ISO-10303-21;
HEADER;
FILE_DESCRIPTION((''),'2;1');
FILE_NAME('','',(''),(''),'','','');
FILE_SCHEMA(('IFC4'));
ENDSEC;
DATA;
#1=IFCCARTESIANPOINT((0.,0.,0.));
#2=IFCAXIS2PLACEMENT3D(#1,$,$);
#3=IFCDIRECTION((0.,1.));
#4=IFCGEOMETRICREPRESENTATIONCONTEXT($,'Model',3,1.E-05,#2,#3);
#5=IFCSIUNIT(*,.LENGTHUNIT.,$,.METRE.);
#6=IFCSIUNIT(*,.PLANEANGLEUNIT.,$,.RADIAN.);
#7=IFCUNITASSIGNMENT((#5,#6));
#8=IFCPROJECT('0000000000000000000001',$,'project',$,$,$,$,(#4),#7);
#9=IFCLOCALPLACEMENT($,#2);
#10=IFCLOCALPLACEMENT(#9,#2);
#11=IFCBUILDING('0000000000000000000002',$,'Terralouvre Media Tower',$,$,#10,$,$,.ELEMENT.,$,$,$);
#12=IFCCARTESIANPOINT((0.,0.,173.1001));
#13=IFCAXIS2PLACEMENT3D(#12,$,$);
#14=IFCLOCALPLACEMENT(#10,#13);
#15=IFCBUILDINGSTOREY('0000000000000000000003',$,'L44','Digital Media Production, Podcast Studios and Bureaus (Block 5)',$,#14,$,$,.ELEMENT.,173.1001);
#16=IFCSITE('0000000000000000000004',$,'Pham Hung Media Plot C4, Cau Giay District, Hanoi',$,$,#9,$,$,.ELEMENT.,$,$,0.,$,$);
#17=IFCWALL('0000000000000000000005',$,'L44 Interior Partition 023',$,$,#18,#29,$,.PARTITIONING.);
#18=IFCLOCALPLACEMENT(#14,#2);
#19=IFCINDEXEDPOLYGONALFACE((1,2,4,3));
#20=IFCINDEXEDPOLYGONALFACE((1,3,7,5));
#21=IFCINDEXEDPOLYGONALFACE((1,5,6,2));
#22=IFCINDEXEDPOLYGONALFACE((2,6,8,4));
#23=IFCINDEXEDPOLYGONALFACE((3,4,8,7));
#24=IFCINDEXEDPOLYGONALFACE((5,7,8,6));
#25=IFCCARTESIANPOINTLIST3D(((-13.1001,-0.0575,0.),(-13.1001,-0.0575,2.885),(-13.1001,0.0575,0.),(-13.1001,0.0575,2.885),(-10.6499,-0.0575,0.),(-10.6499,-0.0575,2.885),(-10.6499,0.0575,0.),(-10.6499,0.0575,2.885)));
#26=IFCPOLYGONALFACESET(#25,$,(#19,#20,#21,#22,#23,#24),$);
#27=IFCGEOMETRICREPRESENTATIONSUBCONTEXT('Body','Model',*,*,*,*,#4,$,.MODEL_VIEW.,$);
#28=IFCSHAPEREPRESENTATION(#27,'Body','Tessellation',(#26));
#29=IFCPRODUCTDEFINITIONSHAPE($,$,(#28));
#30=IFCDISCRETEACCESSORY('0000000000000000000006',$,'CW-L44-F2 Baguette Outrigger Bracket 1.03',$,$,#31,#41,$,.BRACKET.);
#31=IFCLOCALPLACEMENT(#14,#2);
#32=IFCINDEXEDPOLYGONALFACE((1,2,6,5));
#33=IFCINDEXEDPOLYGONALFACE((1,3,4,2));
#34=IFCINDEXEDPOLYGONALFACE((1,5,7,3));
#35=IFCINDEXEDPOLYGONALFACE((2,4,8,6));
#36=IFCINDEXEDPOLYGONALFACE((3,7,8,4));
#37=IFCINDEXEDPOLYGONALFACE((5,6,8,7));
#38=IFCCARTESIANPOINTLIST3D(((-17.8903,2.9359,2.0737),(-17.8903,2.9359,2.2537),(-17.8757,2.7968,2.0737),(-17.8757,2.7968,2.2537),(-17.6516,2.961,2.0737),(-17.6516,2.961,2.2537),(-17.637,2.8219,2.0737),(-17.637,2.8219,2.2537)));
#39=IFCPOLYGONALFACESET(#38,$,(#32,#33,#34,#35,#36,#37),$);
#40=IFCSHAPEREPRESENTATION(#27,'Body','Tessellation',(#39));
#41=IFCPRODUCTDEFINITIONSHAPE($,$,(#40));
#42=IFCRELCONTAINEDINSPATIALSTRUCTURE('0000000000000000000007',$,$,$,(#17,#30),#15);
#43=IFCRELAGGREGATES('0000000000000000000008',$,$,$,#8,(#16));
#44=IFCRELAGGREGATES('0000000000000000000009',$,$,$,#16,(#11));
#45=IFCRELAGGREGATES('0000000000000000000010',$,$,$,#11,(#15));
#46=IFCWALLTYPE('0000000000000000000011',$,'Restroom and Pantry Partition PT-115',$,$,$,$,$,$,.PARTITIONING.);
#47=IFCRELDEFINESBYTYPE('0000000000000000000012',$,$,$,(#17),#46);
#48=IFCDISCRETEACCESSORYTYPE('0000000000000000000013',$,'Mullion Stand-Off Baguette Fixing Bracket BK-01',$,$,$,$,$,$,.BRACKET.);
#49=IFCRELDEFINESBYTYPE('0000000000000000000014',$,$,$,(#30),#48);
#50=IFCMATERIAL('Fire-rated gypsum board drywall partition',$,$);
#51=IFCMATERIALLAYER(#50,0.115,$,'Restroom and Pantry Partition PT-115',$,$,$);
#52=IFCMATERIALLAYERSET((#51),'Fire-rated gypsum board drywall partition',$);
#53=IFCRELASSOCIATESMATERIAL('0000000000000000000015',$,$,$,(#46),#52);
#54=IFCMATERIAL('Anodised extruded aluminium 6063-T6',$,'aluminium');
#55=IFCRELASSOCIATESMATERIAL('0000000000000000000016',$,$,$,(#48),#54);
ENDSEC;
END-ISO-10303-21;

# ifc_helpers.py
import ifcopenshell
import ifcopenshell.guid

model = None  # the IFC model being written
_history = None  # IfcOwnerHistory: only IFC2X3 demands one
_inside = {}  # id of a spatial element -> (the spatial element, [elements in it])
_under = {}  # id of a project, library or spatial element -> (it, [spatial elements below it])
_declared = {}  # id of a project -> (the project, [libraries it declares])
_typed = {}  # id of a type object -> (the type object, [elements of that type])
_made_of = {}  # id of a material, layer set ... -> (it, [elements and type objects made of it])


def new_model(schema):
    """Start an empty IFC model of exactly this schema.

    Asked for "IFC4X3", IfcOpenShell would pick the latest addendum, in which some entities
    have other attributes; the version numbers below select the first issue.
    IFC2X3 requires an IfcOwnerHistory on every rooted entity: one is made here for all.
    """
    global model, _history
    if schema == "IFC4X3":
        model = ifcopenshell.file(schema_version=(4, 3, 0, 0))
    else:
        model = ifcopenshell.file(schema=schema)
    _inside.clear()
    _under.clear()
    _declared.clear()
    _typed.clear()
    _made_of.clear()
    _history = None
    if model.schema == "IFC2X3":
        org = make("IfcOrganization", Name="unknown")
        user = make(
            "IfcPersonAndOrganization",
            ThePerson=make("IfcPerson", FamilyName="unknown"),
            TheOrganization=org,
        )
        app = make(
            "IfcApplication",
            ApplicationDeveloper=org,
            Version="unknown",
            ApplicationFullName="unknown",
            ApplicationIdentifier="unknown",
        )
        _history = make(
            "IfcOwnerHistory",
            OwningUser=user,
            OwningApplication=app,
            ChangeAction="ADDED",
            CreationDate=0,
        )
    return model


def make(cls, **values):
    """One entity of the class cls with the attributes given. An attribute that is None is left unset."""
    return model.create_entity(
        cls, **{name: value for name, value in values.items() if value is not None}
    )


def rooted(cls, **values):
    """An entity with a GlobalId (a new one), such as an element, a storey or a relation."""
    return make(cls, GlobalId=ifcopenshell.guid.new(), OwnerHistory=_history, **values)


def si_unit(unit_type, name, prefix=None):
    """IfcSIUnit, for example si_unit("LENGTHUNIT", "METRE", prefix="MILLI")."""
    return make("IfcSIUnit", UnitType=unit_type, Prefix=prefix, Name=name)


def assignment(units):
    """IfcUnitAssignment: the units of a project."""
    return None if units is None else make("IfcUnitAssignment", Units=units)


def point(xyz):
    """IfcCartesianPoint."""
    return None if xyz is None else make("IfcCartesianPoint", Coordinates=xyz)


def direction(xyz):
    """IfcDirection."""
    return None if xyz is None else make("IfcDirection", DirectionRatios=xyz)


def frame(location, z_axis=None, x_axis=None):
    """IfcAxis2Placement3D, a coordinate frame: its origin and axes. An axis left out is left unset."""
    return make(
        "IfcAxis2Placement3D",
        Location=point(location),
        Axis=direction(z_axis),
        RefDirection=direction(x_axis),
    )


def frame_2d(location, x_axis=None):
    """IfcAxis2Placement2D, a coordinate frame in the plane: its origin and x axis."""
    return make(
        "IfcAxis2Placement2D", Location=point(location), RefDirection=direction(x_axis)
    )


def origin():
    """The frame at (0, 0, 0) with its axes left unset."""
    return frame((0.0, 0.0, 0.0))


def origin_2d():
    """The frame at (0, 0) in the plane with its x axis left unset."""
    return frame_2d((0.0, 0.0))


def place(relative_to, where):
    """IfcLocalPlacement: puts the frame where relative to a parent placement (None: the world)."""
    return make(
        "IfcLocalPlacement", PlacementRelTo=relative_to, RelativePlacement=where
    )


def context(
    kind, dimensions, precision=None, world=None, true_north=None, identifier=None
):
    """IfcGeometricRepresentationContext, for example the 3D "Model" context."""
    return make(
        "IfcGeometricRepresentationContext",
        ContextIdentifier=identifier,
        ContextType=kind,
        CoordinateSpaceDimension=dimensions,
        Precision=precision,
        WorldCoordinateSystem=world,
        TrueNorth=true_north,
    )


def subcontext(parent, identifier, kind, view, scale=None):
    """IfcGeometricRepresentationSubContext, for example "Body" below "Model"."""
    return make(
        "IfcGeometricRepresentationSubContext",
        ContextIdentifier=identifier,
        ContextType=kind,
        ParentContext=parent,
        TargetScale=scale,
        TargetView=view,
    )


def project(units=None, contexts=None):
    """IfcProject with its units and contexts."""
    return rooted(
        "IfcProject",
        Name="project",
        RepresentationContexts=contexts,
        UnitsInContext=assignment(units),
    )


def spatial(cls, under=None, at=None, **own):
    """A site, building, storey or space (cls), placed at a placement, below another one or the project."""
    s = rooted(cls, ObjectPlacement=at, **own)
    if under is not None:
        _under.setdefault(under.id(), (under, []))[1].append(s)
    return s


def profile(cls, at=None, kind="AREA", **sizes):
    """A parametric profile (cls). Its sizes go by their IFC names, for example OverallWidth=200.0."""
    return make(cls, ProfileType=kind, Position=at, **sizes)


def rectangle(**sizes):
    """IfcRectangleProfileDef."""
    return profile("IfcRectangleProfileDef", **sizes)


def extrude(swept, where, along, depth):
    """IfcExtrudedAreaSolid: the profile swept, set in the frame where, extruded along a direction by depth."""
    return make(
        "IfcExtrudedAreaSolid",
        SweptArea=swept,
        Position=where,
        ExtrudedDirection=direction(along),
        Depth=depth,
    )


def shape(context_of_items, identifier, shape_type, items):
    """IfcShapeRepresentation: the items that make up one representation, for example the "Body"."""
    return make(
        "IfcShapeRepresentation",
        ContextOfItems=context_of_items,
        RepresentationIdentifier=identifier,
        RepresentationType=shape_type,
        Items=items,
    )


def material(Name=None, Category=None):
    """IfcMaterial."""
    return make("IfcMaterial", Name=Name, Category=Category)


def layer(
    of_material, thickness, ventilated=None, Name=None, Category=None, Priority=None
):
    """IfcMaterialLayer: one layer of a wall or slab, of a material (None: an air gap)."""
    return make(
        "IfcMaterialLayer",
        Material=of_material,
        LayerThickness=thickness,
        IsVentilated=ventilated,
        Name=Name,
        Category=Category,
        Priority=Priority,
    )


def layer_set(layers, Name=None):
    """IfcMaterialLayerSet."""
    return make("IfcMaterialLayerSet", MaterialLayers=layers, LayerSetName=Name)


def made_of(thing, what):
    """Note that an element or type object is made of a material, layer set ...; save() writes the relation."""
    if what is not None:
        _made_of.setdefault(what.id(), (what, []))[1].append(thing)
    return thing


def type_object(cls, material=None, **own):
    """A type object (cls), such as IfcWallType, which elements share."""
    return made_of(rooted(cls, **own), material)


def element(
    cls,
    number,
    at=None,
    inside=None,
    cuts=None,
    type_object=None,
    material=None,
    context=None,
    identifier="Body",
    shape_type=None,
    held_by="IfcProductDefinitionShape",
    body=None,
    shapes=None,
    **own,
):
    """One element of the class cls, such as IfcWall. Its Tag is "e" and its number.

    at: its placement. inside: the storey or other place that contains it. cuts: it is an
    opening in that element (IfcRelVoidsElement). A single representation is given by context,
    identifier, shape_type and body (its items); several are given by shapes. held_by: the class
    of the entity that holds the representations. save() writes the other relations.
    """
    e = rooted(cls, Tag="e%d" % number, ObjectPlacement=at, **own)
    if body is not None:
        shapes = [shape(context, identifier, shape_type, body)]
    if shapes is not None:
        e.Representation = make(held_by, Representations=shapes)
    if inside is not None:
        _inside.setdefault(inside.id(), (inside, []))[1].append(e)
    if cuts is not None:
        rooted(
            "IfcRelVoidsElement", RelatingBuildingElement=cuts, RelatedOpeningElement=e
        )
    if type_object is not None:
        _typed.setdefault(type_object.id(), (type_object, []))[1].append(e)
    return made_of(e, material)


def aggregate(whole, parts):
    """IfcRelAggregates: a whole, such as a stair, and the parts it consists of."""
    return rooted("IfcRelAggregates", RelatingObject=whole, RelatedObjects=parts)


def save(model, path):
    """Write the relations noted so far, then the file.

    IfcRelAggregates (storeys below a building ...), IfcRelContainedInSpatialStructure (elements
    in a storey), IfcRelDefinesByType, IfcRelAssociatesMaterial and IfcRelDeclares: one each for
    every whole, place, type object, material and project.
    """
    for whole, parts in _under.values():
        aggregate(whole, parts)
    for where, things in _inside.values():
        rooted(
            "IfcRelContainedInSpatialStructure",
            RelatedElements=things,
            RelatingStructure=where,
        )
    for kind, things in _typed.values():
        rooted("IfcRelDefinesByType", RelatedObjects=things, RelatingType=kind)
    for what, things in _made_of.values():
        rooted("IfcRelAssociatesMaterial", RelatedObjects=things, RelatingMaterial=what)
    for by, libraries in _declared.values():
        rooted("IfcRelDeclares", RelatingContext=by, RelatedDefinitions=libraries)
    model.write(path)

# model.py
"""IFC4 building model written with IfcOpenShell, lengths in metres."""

from ifc_helpers import new_model, si_unit, direction, frame, frame_2d, origin, origin_2d, place, context, subcontext, project, spatial, rectangle, extrude, material, layer, layer_set, type_object, element, save


model = new_model("IFC4")

# Units and contexts
model_context = context("Model", 3, precision=1e-05, world=origin(), true_north=direction((0.0, 1.0)))
body_context = subcontext(model_context, "Body", "Model", "MODEL_VIEW")
ifc_project = project(units=[si_unit("LENGTHUNIT", "METRE"), si_unit("PLANEANGLEUNIT", "RADIAN")], contexts=[model_context])

# Site, building, storey
site_placement = place(None, origin())
site = spatial("IfcSite", under=ifc_project, at=site_placement, Name="Pham Hung Media Plot C4, Cau Giay District, Hanoi", CompositionType="ELEMENT", RefElevation=0.0)
building_placement = place(site_placement, origin())
building = spatial("IfcBuilding", under=site, at=building_placement, Name="Terralouvre Media Tower", CompositionType="ELEMENT")
storey_placement = place(building_placement, frame((0.0, 0.0, 173.1001)))
storey = spatial("IfcBuildingStorey", under=building, at=storey_placement, Name="L44", Description="Digital Media Production, Podcast Studios and Bureaus (Block 5)", CompositionType="ELEMENT", Elevation=173.1001)

# Shared definitions
ifc_material_1 = material(Name="Fire-rated gypsum board drywall partition")
ifc_layer_1 = layer(ifc_material_1, 0.115, Name="Restroom and Pantry Partition PT-115")
ifc_layer_set_1 = layer_set([ifc_layer_1], Name="Fire-rated gypsum board drywall partition")
wall_type_1 = type_object("IfcWallType", Name="Restroom and Pantry Partition PT-115", PredefinedType="PARTITIONING", material=ifc_layer_set_1)

# Wall
wall_1_placement = place(storey_placement, frame((-10.6499, 0.0, 0.0), z_axis=(0.0, 0.0, 1.0), x_axis=(-1.0, 0.0, 0.0)))
element("IfcWall", 1, at=wall_1_placement, inside=storey, type_object=wall_type_1, Name="L44 Interior Partition 023", PredefinedType="PARTITIONING", context=body_context, shape_type="SweptSolid", body=[
    extrude(rectangle(XDim=2.4502, YDim=0.115, at=frame_2d((1.2251, 0.0))), origin(), (0.0, 0.0, 1.0), 2.885),
])

# Discrete accessory
ifc_material_2 = material(Name="Anodised extruded aluminium 6063-T6", Category="aluminium")
discrete_accessory_type = type_object("IfcDiscreteAccessoryType", Name="Mullion Stand-Off Baguette Fixing Bracket BK-01", PredefinedType="BRACKET", material=ifc_material_2)
discrete_accessory_placement = place(storey_placement, frame((-17.7637, 2.8789, 2.0737), z_axis=(0.0, 0.0, 1.0), x_axis=(0.104528, -0.994522, 0.0)))
element("IfcDiscreteAccessory", 2, at=discrete_accessory_placement, inside=storey, type_object=discrete_accessory_type, Name="CW-L44-F2 Baguette Outrigger Bracket 1.03", PredefinedType="BRACKET", context=body_context, shape_type="SweptSolid", body=[
    extrude(rectangle(XDim=0.1399, YDim=0.24, at=origin_2d()), origin(), (0.0, 0.0, 1.0), 0.1799),
])

save(model, "model.ifc")
